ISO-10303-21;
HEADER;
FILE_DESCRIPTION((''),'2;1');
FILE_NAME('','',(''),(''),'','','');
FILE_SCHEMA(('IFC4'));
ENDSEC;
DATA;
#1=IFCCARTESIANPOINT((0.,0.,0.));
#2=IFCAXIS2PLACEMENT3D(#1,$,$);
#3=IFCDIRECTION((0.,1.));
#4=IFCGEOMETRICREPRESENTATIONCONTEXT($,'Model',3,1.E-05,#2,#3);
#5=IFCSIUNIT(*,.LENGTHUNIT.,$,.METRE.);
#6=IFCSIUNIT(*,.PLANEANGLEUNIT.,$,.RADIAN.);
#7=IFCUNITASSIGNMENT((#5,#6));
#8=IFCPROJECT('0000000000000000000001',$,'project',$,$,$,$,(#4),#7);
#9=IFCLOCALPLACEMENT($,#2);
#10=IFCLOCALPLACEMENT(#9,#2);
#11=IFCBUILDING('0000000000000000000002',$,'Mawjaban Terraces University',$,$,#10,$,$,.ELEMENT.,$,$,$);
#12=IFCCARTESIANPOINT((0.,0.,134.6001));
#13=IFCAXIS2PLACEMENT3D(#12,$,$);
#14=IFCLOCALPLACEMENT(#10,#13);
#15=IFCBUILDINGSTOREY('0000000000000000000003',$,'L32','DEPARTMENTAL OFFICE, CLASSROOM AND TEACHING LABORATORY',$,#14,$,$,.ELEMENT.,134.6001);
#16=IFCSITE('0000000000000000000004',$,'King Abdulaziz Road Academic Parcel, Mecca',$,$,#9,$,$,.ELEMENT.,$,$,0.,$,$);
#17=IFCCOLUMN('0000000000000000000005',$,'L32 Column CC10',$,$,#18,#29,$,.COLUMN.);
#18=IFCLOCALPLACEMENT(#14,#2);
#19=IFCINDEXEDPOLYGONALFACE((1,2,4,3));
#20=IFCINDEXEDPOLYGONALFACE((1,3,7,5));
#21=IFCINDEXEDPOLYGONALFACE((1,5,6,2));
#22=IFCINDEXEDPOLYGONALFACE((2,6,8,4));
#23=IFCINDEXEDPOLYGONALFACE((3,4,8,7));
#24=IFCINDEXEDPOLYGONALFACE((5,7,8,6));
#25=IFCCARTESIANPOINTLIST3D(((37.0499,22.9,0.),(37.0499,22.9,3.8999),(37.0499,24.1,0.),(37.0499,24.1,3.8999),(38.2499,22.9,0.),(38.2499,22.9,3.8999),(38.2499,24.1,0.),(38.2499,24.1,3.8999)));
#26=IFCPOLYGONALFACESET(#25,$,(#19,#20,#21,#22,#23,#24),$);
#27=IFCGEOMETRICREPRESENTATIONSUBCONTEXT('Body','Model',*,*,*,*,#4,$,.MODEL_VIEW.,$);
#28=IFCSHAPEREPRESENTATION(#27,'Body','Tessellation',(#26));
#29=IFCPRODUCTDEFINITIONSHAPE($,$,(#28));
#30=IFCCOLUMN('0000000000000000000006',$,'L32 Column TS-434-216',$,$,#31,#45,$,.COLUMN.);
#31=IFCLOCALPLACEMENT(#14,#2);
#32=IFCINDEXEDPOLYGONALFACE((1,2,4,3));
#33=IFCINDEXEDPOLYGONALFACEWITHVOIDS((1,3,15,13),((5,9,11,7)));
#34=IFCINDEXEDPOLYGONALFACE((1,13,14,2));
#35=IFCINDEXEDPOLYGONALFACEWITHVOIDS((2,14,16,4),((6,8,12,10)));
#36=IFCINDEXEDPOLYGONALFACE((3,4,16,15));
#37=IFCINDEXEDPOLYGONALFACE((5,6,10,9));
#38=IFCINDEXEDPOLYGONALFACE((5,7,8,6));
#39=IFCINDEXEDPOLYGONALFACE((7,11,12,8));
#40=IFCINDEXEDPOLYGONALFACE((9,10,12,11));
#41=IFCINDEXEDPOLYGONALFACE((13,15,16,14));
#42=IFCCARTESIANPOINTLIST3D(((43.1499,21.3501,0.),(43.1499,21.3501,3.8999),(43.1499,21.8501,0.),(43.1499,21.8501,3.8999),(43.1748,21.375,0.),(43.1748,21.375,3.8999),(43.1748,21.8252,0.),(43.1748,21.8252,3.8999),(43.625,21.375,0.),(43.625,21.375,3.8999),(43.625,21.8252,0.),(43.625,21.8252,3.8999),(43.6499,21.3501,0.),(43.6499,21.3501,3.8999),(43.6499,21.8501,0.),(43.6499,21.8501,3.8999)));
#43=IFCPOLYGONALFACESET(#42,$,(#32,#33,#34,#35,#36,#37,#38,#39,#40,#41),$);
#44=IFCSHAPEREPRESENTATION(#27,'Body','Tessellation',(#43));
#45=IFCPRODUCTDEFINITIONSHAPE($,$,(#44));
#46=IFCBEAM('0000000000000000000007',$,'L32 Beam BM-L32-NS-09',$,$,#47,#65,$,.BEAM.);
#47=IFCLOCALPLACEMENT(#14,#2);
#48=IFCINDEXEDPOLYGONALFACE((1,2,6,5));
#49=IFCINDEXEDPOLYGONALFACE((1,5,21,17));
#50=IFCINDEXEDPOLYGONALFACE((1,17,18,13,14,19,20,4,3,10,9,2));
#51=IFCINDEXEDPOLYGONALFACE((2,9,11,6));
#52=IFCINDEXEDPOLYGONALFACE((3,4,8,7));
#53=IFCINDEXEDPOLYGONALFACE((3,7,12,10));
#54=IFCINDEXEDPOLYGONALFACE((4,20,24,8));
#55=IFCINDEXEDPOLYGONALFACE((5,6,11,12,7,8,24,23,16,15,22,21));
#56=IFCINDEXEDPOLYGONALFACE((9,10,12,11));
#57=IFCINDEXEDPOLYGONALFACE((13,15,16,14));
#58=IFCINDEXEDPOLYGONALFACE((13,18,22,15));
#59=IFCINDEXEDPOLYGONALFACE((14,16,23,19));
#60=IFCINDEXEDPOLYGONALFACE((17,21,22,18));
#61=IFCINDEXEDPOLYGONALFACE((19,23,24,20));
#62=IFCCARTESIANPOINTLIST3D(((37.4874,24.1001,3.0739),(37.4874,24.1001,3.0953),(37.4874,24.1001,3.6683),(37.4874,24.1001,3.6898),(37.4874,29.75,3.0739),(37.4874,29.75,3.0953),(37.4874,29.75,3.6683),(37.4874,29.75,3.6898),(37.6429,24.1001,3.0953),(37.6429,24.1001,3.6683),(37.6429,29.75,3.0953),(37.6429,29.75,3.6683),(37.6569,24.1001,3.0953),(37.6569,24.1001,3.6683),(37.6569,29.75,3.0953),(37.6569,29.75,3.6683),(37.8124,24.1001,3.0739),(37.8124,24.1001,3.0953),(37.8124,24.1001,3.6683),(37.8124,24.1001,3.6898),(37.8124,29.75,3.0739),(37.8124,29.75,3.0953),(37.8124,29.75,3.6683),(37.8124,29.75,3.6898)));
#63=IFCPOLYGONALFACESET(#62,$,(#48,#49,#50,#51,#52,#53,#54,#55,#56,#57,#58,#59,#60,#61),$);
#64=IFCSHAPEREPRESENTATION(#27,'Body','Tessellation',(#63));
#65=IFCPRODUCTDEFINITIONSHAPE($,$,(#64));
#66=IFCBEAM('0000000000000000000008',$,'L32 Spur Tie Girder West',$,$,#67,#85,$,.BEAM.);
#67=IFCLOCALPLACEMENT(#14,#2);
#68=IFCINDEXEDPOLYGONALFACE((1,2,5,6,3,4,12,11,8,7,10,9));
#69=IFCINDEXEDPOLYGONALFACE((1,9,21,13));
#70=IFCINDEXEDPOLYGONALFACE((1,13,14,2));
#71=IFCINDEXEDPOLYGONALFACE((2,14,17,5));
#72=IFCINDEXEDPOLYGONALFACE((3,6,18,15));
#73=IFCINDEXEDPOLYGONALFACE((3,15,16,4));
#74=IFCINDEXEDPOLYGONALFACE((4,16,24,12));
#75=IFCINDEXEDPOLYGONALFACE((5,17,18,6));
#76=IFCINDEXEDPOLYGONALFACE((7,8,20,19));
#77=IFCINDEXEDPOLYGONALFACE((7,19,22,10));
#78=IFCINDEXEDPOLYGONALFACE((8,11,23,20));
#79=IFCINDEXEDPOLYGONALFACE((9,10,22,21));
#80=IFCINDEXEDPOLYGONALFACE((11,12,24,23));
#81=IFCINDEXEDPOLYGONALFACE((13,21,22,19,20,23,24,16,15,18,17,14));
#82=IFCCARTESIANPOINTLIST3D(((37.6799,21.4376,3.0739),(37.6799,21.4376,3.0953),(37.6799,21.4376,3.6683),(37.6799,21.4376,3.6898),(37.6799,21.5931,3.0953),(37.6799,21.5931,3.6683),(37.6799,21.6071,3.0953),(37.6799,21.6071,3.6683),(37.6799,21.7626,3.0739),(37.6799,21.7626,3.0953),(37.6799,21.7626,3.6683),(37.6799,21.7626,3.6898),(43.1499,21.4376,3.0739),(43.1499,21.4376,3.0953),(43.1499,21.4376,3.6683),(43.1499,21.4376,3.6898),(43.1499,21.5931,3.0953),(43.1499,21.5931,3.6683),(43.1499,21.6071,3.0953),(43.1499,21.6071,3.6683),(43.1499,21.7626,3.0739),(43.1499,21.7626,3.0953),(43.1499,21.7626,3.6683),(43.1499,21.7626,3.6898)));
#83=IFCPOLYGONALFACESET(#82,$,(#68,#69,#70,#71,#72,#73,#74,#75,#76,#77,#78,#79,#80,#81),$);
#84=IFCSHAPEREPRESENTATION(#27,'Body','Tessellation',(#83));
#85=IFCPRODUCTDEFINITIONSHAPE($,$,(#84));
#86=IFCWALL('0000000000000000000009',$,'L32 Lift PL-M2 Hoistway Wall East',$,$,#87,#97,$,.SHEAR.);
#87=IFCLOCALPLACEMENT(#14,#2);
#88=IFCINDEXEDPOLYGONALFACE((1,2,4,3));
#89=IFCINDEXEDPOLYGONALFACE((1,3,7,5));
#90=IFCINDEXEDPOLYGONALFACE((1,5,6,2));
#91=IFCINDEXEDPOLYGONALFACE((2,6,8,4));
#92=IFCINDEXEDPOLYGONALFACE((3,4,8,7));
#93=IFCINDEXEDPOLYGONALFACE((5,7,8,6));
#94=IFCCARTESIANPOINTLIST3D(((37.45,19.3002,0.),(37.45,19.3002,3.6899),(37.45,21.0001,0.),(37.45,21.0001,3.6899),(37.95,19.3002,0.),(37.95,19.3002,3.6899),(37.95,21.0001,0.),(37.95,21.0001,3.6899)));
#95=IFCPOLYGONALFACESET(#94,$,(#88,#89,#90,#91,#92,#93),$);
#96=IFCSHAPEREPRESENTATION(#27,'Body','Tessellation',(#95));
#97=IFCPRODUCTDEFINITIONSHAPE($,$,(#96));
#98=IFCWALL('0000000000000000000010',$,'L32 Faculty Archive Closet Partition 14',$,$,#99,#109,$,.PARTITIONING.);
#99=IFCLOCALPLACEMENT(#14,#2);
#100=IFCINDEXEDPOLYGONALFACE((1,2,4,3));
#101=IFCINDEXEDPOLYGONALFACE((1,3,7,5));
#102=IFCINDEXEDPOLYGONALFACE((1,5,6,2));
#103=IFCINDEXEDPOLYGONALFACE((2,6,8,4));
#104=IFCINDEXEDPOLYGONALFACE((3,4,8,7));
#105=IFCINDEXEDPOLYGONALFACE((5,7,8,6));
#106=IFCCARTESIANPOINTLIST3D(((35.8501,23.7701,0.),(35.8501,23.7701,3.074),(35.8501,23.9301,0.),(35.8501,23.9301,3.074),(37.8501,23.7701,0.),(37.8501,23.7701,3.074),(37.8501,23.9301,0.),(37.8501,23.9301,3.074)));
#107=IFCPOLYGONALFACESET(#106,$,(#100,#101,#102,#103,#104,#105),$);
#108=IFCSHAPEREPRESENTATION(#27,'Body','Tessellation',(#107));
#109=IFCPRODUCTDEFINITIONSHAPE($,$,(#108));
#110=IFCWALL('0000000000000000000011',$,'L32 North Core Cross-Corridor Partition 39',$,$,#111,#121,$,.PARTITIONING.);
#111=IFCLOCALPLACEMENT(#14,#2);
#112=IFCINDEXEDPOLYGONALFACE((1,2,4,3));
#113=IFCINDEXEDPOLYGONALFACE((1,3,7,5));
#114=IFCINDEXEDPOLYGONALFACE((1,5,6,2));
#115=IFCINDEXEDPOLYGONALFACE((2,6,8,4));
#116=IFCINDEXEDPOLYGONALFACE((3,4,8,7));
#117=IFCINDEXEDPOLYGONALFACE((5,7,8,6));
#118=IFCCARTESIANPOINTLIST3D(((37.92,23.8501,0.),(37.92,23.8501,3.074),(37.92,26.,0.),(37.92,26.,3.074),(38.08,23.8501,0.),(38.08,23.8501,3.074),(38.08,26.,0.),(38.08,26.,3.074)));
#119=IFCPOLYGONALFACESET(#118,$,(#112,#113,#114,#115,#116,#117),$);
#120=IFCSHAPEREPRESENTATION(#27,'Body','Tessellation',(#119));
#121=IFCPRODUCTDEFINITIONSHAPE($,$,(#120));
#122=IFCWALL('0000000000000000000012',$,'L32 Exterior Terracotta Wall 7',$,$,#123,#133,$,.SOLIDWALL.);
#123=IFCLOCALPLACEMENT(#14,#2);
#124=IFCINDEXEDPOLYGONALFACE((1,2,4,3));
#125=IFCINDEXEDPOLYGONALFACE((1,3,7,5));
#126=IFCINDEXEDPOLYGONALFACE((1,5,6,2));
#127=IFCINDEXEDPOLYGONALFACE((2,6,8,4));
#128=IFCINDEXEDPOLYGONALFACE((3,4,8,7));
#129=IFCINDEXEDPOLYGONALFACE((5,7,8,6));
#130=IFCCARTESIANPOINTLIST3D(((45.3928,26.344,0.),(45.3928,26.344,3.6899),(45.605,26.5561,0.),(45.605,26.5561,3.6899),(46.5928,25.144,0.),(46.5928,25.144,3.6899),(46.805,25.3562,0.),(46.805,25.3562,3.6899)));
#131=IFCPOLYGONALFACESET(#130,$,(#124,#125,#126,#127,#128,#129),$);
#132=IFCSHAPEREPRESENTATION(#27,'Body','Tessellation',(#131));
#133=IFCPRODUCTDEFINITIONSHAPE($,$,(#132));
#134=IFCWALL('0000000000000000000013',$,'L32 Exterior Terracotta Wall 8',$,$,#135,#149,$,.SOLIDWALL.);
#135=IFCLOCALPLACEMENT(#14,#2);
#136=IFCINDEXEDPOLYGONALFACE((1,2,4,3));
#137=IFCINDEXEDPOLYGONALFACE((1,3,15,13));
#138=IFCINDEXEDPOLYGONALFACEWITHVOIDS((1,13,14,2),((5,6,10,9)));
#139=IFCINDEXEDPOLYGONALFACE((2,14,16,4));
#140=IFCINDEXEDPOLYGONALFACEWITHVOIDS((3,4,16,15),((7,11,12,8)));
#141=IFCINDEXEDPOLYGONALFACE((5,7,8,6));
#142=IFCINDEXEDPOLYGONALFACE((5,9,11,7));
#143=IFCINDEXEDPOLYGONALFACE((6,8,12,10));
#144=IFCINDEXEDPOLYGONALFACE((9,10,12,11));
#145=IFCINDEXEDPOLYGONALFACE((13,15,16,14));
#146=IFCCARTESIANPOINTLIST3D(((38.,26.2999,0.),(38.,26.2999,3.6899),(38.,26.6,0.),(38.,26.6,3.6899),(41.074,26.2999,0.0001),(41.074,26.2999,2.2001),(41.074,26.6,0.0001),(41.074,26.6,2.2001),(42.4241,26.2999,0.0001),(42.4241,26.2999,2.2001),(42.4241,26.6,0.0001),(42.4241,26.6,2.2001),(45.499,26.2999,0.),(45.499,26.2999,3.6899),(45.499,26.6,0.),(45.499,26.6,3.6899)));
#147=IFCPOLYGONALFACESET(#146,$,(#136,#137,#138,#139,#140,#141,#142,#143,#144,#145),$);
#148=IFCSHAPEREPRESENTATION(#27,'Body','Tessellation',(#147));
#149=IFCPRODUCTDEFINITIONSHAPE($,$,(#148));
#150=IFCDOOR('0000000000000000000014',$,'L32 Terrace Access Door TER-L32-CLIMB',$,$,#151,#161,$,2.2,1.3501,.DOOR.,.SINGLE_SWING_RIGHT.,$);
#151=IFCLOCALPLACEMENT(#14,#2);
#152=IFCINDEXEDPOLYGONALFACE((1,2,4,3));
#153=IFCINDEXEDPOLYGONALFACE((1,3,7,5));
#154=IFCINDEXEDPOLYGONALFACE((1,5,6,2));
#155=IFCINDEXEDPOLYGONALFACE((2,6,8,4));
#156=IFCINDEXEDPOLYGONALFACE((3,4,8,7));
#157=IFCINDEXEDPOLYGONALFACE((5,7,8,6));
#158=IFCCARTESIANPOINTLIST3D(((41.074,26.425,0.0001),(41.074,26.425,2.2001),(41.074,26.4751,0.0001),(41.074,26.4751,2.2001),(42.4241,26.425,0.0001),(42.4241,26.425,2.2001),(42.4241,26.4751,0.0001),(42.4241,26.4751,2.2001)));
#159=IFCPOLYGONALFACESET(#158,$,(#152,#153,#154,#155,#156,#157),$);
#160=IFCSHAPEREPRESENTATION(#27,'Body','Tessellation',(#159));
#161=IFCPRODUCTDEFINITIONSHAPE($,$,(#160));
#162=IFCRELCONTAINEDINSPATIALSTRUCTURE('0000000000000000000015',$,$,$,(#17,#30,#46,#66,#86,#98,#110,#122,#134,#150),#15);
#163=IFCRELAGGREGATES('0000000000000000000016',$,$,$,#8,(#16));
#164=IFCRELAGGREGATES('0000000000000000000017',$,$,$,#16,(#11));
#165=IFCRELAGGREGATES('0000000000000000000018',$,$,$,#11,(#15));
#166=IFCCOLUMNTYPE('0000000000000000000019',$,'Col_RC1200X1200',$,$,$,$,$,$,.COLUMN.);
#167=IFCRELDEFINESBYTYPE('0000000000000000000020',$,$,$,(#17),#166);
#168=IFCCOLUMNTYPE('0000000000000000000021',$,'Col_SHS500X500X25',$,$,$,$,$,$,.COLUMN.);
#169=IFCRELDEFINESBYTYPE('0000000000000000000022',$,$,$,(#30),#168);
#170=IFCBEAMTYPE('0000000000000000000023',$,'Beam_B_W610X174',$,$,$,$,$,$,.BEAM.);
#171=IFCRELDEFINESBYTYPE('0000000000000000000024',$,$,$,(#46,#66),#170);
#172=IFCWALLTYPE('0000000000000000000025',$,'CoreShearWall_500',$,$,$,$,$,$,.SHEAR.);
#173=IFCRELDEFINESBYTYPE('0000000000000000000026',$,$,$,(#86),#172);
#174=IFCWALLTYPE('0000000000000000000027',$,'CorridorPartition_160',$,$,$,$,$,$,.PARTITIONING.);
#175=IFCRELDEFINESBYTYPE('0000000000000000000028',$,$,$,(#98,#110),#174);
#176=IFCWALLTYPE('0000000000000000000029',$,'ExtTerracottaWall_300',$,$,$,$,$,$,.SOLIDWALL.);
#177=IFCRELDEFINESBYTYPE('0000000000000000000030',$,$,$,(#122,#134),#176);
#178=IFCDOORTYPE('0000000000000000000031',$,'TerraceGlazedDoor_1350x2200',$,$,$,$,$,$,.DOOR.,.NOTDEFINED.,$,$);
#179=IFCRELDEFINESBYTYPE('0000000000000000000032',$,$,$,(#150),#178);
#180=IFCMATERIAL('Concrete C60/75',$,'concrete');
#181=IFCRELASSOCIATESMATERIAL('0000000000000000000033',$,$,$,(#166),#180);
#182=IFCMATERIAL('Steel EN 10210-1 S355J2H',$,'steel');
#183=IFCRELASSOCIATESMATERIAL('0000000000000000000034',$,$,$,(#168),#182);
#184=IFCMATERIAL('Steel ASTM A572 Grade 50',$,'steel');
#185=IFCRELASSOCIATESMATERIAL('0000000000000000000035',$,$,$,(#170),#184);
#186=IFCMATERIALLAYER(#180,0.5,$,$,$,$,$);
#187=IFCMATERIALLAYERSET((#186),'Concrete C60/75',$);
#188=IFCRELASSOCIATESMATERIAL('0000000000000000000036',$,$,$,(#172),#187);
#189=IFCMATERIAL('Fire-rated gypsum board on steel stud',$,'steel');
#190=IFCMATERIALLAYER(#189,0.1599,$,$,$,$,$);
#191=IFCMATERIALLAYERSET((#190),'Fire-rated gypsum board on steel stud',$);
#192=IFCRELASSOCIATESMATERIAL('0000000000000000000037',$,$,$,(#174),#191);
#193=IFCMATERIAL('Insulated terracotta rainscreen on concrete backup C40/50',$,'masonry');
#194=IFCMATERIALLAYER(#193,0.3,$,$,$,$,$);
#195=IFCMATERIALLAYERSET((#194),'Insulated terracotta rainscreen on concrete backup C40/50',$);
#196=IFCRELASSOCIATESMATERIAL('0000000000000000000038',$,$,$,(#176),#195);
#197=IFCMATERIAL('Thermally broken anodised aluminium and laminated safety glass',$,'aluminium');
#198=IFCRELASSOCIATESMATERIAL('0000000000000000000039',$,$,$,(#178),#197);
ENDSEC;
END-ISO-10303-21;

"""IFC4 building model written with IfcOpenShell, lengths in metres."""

from ifc_helpers import new_model, si_unit, direction, frame, frame_2d, origin, origin_2d, place, context, subcontext, project, spatial, rectangle, hollow_rectangle, i_section, extrude, material, layer, layer_set, material_profile, profile_set, type_object, element, fill, save


model = new_model("IFC4")

# Units and contexts
model_context = context("Model", 3, precision=1e-05, world=origin(), true_north=direction((0.0, 1.0)))
body_context = subcontext(model_context, "Body", "Model", "MODEL_VIEW")
ifc_project = project(units=[si_unit("LENGTHUNIT", "METRE"), si_unit("PLANEANGLEUNIT", "RADIAN")], contexts=[model_context])

# Site, building, storey
site_placement = place(None, origin())
site = spatial("IfcSite", under=ifc_project, at=site_placement, Name="King Abdulaziz Road Academic Parcel, Mecca", CompositionType="ELEMENT", RefElevation=0.0)
building_placement = place(site_placement, origin())
building = spatial("IfcBuilding", under=site, at=building_placement, Name="Mawjaban Terraces University", CompositionType="ELEMENT")
storey_placement = place(building_placement, frame((0.0, 0.0, 134.6001)))
storey = spatial("IfcBuildingStorey", under=building, at=storey_placement, Name="L32", Description="DEPARTMENTAL OFFICE, CLASSROOM AND TEACHING LABORATORY", CompositionType="ELEMENT", Elevation=134.6001)

# Columns
ifc_material_1 = material(Name="Concrete C60/75", Category="concrete")
ifc_material_profile_1 = material_profile(ifc_material_1, rectangle(XDim=1.2, YDim=1.2, at=origin_2d()), Name="RC1200X1200")
ifc_profile_set_1 = profile_set([ifc_material_profile_1], Name="Concrete C60/75")
column_type_1 = type_object("IfcColumnType", Name="Col_RC1200X1200", PredefinedType="COLUMN", material=ifc_profile_set_1)
column_1_placement = place(storey_placement, frame((37.6499, 23.5, 0.0), z_axis=(0.0, 0.0, 1.0), x_axis=(1.0, 0.0, 0.0)))
element("IfcColumn", 1, at=column_1_placement, inside=storey, type_object=column_type_1, Name="L32 Column CC10", PredefinedType="COLUMN", context=body_context, shape_type="SweptSolid", body=[
    extrude(rectangle(XDim=1.2, YDim=1.2, at=origin_2d()), origin(), (0.0, 0.0, 1.0), 3.8999),
])
ifc_material_2 = material(Name="Steel EN 10210-1 S355J2H", Category="steel")
ifc_material_profile_2 = material_profile(ifc_material_2, hollow_rectangle(XDim=0.5, YDim=0.5, WallThickness=0.0249, at=origin_2d()), Name="SHS500X500X25")
ifc_profile_set_2 = profile_set([ifc_material_profile_2], Name="Steel EN 10210-1 S355J2H")
column_type_2 = type_object("IfcColumnType", Name="Col_SHS500X500X25", PredefinedType="COLUMN", material=ifc_profile_set_2)
column_2_placement = place(storey_placement, frame((43.3999, 21.6001, 0.0), z_axis=(0.0, 0.0, 1.0), x_axis=(1.0, 0.0, 0.0)))
element("IfcColumn", 2, at=column_2_placement, inside=storey, type_object=column_type_2, Name="L32 Column TS-434-216", PredefinedType="COLUMN", context=body_context, shape_type="SweptSolid", body=[
    extrude(hollow_rectangle(XDim=0.5, YDim=0.5, WallThickness=0.0249, at=origin_2d()), origin(), (0.0, 0.0, 1.0), 3.8999),
])

# Beams
ifc_material_3 = material(Name="Steel ASTM A572 Grade 50", Category="steel")
ifc_material_profile_3 = material_profile(ifc_material_3, i_section(OverallWidth=0.325, OverallDepth=0.616, WebThickness=0.0139, FlangeThickness=0.0215, at=origin_2d()), Name="W610X174")
ifc_profile_set_3 = profile_set([ifc_material_profile_3], Name="Steel ASTM A572 Grade 50")
beam_type = type_object("IfcBeamType", Name="Beam_B_W610X174", PredefinedType="BEAM", material=ifc_profile_set_3)
beam_1_placement = place(storey_placement, frame((37.6499, 24.1001, 3.3818), z_axis=(0.0, 1.0, 0.0), x_axis=(-1.0, 0.0, 0.0)))
element("IfcBeam", 3, at=beam_1_placement, inside=storey, type_object=beam_type, Name="L32 Beam BM-L32-NS-09", PredefinedType="BEAM", context=body_context, shape_type="SweptSolid", body=[
    extrude(i_section(OverallWidth=0.325, OverallDepth=0.616, WebThickness=0.0139, FlangeThickness=0.0215, at=origin_2d()), origin(), (0.0, 0.0, 1.0), 5.6499),
])
beam_2_placement = place(storey_placement, frame((37.6799, 21.6001, 3.3818), z_axis=(1.0, 0.0, 0.0), x_axis=(0.0, 1.0, 0.0)))
element("IfcBeam", 4, at=beam_2_placement, inside=storey, type_object=beam_type, Name="L32 Spur Tie Girder West", PredefinedType="BEAM", context=body_context, shape_type="SweptSolid", body=[
    extrude(i_section(OverallWidth=0.325, OverallDepth=0.616, WebThickness=0.0139, FlangeThickness=0.0215, at=origin_2d()), origin(), (0.0, 0.0, 1.0), 5.47),
])

# Walls
ifc_layer_1 = layer(ifc_material_1, 0.5)
ifc_layer_set_1 = layer_set([ifc_layer_1], Name="Concrete C60/75")
wall_type_1 = type_object("IfcWallType", Name="CoreShearWall_500", PredefinedType="SHEAR", material=ifc_layer_set_1)
wall_1_placement = place(storey_placement, frame((37.7, 19.3, 0.0), z_axis=(0.0, 0.0, 1.0), x_axis=(0.0, 1.0, 0.0)))
element("IfcWall", 5, at=wall_1_placement, inside=storey, type_object=wall_type_1, Name="L32 Lift PL-M2 Hoistway Wall East", PredefinedType="SHEAR", context=body_context, shape_type="SweptSolid", body=[
    extrude(rectangle(XDim=1.7, YDim=0.5, at=frame_2d((0.8501, 0.0))), origin(), (0.0, 0.0, 1.0), 3.6899),
])
ifc_material_4 = material(Name="Fire-rated gypsum board on steel stud", Category="steel")
ifc_layer_2 = layer(ifc_material_4, 0.1599)
ifc_layer_set_2 = layer_set([ifc_layer_2], Name="Fire-rated gypsum board on steel stud")
wall_type_2 = type_object("IfcWallType", Name="CorridorPartition_160", PredefinedType="PARTITIONING", material=ifc_layer_set_2)
wall_2_placement = place(storey_placement, frame((37.8501, 23.8501, 0.0), z_axis=(0.0, 0.0, 1.0), x_axis=(-1.0, 0.0, 0.0)))
element("IfcWall", 6, at=wall_2_placement, inside=storey, type_object=wall_type_2, Name="L32 Faculty Archive Closet Partition 14", PredefinedType="PARTITIONING", context=body_context, shape_type="SweptSolid", body=[
    extrude(rectangle(XDim=2.0, YDim=0.1599, at=frame_2d((1.0, 0.0))), origin(), (0.0, 0.0, 1.0), 3.074),
])
wall_3_placement = place(storey_placement, frame((38.0, 23.8501, 0.0), z_axis=(0.0, 0.0, 1.0), x_axis=(0.0, 1.0, 0.0)))
element("IfcWall", 7, at=wall_3_placement, inside=storey, type_object=wall_type_2, Name="L32 North Core Cross-Corridor Partition 39", PredefinedType="PARTITIONING", context=body_context, shape_type="SweptSolid", body=[
    extrude(rectangle(XDim=2.1499, YDim=0.1599, at=frame_2d((1.075, 0.0))), origin(), (0.0, 0.0, 1.0), 3.074),
])
ifc_material_5 = material(Name="Insulated terracotta rainscreen on concrete backup C40/50", Category="masonry")
ifc_layer_3 = layer(ifc_material_5, 0.3)
ifc_layer_set_3 = layer_set([ifc_layer_3], Name="Insulated terracotta rainscreen on concrete backup C40/50")
wall_type_3 = type_object("IfcWallType", Name="ExtTerracottaWall_300", PredefinedType="SOLIDWALL", material=ifc_layer_set_3)
wall_4_placement = place(storey_placement, frame((46.699, 25.25, 0.0), z_axis=(0.0, 0.0, 1.0), x_axis=(-0.707107, 0.707107, 0.0)))
element("IfcWall", 8, at=wall_4_placement, inside=storey, type_object=wall_type_3, Name="L32 Exterior Terracotta Wall 7", PredefinedType="SOLIDWALL", context=body_context, shape_type="SweptSolid", body=[
    extrude(rectangle(XDim=1.697, YDim=0.3, at=frame_2d((0.8486, 0.0))), origin(), (0.0, 0.0, 1.0), 3.6899),
])

# Wall, opening, door
wall_5_placement = place(storey_placement, frame((45.499, 26.45, 0.0), z_axis=(0.0, 0.0, 1.0), x_axis=(-1.0, 0.0, 0.0)))
wall_5 = element("IfcWall", 9, at=wall_5_placement, inside=storey, type_object=wall_type_3, Name="L32 Exterior Terracotta Wall 8", PredefinedType="SOLIDWALL", context=body_context, shape_type="SweptSolid", body=[
    extrude(rectangle(XDim=7.499, YDim=0.3, at=frame_2d((3.7495, 0.0))), origin(), (0.0, 0.0, 1.0), 3.6899),
])
opening_1_placement = place(wall_5_placement, frame((3.075, 0.0, 0.0)))
opening_1 = element("IfcOpeningElement", 10, at=opening_1_placement, cuts=wall_5, PredefinedType="OPENING", context=body_context, shape_type="SweptSolid", body=[
    extrude(rectangle(XDim=1.3501, YDim=2.2, at=frame_2d((0.675, 1.1001))), frame((0.0, 0.1599, 0.0), z_axis=(0.0, -1.0, 0.0), x_axis=(1.0, 0.0, 0.0)), (0.0, 0.0, 1.0), 0.3201),
])
ifc_material_6 = material(Name="Thermally broken anodised aluminium and laminated safety glass", Category="aluminium")
door_type_1 = type_object("IfcDoorType", Name="TerraceGlazedDoor_1350x2200", OperationType="NOTDEFINED", PredefinedType="DOOR", material=ifc_material_6)
door_1_placement = place(opening_1_placement, origin())
door_1 = element("IfcDoor", 11, at=door_1_placement, inside=storey, type_object=door_type_1, Name="L32 Terrace Access Door TER-L32-CLIMB", OperationType="SINGLE_SWING_RIGHT", OverallHeight=2.2, OverallWidth=1.3501, PredefinedType="DOOR", context=body_context, shape_type="SweptSolid", body=[
    extrude(rectangle(XDim=1.3501, YDim=2.2, at=frame_2d((0.675, 1.1001))), frame((0.0, 0.0249, 0.0), z_axis=(0.0, -1.0, 0.0), x_axis=(1.0, 0.0, 0.0)), (0.0, 0.0, 1.0), 0.05),
])
fill(opening_1, door_1)

save(model, "model.ifc")
